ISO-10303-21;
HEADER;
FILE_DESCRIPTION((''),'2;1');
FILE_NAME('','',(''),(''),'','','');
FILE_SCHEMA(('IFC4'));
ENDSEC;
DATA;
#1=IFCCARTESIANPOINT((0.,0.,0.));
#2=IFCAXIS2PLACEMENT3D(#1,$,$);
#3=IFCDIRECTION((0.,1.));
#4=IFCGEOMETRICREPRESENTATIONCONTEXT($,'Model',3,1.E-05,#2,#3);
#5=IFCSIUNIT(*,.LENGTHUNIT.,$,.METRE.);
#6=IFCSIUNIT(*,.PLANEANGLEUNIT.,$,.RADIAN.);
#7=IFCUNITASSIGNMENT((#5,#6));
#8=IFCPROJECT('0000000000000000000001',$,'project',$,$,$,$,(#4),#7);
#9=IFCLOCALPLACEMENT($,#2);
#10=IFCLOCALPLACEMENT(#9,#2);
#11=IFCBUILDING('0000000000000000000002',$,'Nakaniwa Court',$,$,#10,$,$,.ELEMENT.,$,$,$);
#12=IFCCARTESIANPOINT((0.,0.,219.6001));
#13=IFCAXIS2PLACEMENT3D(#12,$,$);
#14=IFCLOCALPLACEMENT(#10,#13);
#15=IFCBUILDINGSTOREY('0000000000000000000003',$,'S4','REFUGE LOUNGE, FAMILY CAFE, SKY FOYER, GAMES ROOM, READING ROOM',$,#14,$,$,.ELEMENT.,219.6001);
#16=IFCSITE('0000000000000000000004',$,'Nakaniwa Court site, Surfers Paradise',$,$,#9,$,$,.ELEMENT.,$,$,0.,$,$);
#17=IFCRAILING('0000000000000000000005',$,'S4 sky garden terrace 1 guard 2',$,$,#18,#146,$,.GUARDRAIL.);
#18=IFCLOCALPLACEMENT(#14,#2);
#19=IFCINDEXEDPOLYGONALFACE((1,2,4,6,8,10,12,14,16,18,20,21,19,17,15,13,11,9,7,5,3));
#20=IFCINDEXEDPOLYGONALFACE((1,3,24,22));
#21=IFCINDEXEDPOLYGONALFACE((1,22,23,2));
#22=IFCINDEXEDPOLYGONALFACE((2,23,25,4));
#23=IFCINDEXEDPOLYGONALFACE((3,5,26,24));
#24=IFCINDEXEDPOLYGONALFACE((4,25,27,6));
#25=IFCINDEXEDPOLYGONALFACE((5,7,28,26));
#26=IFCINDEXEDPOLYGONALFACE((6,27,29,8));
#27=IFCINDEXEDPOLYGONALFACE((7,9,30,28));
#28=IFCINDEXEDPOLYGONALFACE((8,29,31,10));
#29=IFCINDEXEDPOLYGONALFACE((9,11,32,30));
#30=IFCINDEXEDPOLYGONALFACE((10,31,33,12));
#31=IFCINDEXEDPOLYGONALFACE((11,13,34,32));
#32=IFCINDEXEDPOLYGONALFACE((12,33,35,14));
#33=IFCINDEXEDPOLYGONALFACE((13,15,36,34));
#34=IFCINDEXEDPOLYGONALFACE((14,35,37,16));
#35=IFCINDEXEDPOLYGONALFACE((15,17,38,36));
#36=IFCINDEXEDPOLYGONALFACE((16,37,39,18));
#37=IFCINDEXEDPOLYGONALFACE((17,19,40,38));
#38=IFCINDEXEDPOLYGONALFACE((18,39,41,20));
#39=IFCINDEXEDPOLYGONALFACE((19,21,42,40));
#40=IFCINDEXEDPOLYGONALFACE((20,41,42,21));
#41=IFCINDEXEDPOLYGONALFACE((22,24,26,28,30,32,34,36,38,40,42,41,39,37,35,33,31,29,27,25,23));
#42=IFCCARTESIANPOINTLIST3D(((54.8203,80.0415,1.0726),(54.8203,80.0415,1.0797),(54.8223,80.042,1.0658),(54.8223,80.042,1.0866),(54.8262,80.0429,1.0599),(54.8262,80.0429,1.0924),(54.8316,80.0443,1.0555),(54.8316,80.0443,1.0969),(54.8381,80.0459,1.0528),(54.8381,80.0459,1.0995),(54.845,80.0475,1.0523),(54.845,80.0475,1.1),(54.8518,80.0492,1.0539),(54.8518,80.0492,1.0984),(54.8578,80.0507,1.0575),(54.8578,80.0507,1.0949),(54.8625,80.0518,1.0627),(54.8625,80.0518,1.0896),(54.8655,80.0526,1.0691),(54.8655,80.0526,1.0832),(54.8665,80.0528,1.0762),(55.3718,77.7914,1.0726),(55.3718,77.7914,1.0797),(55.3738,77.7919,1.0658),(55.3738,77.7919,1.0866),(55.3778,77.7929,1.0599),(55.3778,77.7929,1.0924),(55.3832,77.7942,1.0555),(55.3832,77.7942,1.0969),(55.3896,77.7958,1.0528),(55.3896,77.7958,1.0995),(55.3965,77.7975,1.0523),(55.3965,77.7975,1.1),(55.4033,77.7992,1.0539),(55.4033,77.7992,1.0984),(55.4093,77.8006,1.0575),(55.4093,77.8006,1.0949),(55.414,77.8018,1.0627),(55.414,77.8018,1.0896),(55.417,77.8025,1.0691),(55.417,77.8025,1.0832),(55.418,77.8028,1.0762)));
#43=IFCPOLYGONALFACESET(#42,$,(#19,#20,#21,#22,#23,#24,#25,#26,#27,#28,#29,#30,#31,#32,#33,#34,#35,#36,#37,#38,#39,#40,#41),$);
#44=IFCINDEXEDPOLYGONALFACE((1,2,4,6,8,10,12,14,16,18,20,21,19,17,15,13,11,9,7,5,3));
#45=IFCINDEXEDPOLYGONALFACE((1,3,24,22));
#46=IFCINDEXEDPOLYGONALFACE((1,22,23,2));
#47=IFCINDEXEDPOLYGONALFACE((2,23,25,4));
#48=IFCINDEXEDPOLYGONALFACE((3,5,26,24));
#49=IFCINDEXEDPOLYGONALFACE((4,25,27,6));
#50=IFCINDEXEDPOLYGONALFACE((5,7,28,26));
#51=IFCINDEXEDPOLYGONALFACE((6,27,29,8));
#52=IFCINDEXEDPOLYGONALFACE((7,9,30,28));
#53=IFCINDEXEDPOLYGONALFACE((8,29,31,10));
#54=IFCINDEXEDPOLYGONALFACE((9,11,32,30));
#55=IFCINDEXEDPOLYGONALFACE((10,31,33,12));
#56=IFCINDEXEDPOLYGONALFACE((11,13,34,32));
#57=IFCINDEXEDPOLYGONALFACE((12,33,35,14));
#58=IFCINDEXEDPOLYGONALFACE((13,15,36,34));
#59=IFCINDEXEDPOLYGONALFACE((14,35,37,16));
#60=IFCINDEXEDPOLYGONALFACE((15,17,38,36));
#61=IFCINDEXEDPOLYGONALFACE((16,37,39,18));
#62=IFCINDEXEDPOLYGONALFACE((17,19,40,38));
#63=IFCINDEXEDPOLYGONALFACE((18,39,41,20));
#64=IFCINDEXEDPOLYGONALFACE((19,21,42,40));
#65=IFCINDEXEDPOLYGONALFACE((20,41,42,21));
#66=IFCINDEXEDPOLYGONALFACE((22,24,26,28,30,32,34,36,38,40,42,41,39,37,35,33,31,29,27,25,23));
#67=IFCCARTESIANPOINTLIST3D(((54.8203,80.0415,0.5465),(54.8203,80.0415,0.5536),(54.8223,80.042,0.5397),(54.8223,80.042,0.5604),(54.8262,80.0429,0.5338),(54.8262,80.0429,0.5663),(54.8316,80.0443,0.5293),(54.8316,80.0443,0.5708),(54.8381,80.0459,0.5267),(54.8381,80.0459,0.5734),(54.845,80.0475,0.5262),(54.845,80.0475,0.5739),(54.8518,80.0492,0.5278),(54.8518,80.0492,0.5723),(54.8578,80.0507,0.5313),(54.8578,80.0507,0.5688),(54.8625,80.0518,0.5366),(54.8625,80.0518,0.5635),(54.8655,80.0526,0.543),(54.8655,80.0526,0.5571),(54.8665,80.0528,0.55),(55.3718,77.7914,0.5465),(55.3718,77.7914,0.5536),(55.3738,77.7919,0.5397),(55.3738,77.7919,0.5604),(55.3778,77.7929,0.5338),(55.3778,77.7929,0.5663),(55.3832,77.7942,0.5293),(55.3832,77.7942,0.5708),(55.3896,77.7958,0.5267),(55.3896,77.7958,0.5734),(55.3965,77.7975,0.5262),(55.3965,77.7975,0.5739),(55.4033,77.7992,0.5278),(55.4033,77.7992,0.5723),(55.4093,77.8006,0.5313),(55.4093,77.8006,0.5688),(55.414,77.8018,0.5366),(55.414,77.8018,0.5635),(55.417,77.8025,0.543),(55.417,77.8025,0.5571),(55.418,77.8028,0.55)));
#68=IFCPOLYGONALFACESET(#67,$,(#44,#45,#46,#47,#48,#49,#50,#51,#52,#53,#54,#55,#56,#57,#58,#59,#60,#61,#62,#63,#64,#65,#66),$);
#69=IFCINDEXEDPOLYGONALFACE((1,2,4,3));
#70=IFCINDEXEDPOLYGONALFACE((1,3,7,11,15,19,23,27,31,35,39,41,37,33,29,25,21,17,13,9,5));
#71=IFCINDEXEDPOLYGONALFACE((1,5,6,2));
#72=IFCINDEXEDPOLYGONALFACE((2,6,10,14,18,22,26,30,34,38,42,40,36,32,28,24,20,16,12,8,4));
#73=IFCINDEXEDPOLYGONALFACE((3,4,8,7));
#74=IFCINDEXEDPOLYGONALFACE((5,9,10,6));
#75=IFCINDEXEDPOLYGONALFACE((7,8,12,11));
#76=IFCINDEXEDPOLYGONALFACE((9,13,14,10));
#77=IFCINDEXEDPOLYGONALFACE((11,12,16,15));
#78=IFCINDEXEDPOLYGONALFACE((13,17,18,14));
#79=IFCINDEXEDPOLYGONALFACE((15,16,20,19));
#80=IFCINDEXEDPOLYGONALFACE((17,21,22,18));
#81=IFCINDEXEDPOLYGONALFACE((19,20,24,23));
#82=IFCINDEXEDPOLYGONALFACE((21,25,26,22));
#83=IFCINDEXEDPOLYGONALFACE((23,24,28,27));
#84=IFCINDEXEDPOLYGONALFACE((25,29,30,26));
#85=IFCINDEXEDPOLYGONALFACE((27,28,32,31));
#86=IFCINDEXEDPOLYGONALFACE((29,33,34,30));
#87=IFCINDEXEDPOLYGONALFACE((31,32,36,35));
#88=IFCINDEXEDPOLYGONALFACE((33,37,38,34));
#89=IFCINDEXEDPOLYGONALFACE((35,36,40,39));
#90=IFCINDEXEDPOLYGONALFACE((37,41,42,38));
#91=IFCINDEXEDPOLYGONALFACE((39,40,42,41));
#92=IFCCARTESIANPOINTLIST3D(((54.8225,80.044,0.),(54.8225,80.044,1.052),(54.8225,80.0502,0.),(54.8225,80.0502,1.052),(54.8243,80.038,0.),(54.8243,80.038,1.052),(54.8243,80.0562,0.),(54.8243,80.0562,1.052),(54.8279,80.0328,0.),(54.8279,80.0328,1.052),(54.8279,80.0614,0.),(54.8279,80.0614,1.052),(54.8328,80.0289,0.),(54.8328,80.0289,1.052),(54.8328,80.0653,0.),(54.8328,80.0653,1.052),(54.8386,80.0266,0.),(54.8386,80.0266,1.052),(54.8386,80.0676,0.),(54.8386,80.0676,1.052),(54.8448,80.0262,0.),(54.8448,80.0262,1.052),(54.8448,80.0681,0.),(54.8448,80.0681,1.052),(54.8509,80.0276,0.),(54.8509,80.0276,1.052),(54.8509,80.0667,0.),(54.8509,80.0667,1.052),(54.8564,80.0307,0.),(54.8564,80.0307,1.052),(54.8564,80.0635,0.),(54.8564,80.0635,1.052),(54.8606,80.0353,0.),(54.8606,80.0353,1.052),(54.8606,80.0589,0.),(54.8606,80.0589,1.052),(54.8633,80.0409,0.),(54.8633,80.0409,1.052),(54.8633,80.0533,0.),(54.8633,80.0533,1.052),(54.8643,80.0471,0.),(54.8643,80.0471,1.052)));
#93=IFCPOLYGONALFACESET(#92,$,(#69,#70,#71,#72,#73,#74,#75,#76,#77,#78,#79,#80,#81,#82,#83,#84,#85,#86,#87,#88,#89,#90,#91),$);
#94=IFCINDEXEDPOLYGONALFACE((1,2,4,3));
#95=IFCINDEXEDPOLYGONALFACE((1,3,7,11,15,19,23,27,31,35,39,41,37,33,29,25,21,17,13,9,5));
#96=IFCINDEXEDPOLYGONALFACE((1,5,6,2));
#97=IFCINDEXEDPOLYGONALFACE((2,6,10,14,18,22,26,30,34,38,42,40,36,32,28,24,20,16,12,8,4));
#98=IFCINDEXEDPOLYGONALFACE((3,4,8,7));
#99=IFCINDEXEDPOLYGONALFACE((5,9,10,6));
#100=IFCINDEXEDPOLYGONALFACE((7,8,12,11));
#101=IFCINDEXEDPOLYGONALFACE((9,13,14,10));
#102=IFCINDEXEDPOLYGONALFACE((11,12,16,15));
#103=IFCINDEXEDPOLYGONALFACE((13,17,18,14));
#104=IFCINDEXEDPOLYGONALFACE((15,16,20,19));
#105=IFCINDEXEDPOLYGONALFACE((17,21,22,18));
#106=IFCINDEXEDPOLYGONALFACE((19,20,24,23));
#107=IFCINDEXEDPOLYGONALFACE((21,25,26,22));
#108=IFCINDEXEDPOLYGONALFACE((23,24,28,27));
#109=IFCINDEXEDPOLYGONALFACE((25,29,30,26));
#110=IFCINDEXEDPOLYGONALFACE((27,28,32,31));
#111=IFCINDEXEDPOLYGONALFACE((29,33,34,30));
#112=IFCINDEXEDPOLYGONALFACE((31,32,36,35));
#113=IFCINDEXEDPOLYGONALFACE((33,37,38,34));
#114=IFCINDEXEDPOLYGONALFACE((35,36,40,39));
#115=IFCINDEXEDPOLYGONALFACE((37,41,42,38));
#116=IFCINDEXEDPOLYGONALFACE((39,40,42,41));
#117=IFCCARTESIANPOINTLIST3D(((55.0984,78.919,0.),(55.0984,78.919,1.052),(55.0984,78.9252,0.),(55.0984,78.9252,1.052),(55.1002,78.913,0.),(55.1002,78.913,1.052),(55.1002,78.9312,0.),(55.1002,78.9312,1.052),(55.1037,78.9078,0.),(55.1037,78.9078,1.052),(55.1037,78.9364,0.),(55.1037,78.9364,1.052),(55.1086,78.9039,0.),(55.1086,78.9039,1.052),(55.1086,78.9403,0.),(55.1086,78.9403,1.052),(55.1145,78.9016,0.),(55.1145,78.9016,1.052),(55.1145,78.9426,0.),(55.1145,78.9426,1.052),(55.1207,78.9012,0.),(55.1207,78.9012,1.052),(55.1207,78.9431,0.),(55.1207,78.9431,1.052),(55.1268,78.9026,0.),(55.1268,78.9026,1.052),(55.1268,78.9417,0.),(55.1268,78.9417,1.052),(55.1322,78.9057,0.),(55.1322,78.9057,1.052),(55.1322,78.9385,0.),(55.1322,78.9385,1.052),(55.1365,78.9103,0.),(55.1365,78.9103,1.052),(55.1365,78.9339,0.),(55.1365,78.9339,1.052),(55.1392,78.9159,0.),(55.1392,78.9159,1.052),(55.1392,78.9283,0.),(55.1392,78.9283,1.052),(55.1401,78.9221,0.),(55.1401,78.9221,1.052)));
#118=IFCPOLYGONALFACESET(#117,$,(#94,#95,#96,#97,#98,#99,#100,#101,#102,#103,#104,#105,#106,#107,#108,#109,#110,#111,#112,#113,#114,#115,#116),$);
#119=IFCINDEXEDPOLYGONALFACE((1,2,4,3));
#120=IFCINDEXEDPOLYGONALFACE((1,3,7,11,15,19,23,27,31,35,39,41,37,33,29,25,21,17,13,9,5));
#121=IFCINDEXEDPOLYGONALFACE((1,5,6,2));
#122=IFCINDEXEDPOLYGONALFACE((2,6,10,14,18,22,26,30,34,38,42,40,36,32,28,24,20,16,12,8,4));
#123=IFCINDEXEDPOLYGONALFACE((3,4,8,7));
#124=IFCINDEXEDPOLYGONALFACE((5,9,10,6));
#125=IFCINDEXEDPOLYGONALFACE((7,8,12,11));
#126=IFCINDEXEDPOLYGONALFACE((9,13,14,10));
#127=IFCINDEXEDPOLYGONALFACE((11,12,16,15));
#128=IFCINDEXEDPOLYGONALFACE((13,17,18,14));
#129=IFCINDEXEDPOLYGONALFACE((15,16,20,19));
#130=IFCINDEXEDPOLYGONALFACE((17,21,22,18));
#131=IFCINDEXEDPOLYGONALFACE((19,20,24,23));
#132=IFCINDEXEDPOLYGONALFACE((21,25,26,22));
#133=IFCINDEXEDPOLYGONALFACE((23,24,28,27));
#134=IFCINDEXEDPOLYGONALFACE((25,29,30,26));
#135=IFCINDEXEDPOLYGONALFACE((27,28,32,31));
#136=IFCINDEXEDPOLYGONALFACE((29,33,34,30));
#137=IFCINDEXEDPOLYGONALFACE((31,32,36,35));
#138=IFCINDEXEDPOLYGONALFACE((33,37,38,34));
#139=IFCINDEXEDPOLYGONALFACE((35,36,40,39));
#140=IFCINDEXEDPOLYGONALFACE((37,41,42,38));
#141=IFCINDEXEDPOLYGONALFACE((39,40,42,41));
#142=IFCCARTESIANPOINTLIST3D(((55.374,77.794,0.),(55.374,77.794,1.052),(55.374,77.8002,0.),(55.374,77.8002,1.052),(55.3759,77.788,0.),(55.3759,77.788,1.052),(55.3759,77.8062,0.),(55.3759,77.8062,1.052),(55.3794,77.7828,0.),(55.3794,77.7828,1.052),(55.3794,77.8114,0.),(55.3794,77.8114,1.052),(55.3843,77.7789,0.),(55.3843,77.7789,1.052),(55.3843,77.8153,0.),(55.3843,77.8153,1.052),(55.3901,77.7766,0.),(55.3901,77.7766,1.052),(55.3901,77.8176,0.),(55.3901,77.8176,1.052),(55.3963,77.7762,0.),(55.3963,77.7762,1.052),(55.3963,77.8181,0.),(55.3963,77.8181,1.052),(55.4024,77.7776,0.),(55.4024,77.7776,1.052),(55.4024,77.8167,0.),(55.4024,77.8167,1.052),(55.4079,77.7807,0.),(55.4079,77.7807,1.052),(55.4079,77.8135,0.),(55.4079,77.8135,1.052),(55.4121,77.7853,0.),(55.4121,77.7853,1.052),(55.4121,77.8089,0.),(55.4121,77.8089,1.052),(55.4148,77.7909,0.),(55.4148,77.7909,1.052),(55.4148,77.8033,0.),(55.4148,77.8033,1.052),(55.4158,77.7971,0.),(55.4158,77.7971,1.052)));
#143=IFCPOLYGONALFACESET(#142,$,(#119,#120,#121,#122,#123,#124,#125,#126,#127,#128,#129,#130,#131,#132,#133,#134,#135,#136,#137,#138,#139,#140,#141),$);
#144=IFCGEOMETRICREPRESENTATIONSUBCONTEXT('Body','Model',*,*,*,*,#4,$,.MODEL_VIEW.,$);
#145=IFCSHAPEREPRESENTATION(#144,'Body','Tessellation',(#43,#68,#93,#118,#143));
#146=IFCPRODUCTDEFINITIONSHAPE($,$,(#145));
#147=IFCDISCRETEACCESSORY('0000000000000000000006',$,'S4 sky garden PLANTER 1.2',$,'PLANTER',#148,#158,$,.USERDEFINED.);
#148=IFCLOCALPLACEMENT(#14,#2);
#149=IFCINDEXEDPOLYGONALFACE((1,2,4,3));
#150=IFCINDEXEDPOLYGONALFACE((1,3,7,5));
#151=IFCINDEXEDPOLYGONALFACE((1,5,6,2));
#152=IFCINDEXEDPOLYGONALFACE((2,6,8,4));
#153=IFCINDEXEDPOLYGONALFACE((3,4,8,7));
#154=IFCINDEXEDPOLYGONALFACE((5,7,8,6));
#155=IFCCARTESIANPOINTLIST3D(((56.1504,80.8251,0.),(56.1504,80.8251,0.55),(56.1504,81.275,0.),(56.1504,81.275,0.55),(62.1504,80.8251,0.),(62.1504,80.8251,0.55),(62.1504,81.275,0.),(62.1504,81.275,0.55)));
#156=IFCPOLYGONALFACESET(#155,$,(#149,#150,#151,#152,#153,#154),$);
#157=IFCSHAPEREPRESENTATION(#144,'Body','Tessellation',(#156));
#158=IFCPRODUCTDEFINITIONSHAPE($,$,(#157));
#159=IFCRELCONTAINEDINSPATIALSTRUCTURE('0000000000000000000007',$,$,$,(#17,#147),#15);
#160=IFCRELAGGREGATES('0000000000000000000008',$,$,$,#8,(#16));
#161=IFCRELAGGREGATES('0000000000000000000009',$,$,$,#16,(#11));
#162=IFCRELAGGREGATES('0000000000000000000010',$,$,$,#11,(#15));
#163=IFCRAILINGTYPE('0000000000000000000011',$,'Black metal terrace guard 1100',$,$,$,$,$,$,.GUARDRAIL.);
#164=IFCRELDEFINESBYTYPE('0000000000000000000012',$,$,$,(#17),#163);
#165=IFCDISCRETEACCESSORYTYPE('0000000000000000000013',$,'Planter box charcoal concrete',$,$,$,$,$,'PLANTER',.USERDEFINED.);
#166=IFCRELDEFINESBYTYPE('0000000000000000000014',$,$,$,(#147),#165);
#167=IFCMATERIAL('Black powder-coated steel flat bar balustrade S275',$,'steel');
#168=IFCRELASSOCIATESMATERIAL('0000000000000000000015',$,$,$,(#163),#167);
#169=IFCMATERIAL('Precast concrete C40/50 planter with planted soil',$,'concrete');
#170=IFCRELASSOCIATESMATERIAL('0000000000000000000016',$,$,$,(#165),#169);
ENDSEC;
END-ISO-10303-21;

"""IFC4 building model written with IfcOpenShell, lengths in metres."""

from ifc_helpers import new_model, si_unit, direction, frame, origin, origin_2d, place, context, subcontext, project, spatial, rectangle, circle, extrude, material, type_object, element, save


model = new_model("IFC4")

# Units and contexts
model_context = context("Model", 3, precision=1e-05, world=origin(), true_north=direction((0.0, 1.0)))
body_context = subcontext(model_context, "Body", "Model", "MODEL_VIEW")
ifc_project = project(units=[si_unit("LENGTHUNIT", "METRE"), si_unit("PLANEANGLEUNIT", "RADIAN")], contexts=[model_context])

# Site, building, storey
site_placement = place(None, origin())
site = spatial("IfcSite", under=ifc_project, at=site_placement, Name="Nakaniwa Court site, Surfers Paradise", CompositionType="ELEMENT", RefElevation=0.0)
building_placement = place(site_placement, origin())
building = spatial("IfcBuilding", under=site, at=building_placement, Name="Nakaniwa Court", CompositionType="ELEMENT")
storey_placement = place(building_placement, frame((0.0, 0.0, 219.6001)))
storey = spatial("IfcBuildingStorey", under=building, at=storey_placement, Name="S4", Description="REFUGE LOUNGE, FAMILY CAFE, SKY FOYER, GAMES ROOM, READING ROOM", CompositionType="ELEMENT", Elevation=219.6001)

# Railing
ifc_material_1 = material(Name="Black powder-coated steel flat bar balustrade S275", Category="steel")
railing_type = type_object("IfcRailingType", Name="Black metal terrace guard 1100", PredefinedType="GUARDRAIL", material=ifc_material_1)
railing_1_placement = place(storey_placement, frame((54.8433, 80.0471, 0.0)))
element("IfcRailing", 1, at=railing_1_placement, inside=storey, type_object=railing_type, Name="S4 sky garden terrace 1 guard 2", PredefinedType="GUARDRAIL", context=body_context, shape_type="SweptSolid", body=[
    extrude(circle(Radius=0.0239, at=origin_2d()), frame((0.0, 0.0, 1.0762), z_axis=(0.23807, -0.971248, 0.0), x_axis=(0.971248, 0.23807, 0.0)), (0.0, 0.0, 1.0), 2.3167),
    extrude(circle(Radius=0.0239, at=origin_2d()), frame((0.0, 0.0, 0.55), z_axis=(0.23807, -0.971248, 0.0), x_axis=(0.971248, 0.23807, 0.0)), (0.0, 0.0, 1.0), 2.3167),
    extrude(circle(Radius=0.021, at=origin_2d()), origin(), (0.0, 0.0, 1.0), 1.052),
    extrude(circle(Radius=0.021, at=origin_2d()), frame((0.2759, -1.125, 0.0)), (0.0, 0.0, 1.0), 1.052),
    extrude(circle(Radius=0.021, at=origin_2d()), frame((0.5515, -2.25, 0.0)), (0.0, 0.0, 1.0), 1.052),
])

# Discrete accessory
ifc_material_2 = material(Name="Precast concrete C40/50 planter with planted soil", Category="concrete")
discrete_accessory_type = type_object("IfcDiscreteAccessoryType", Name="Planter box charcoal concrete", ElementType="PLANTER", PredefinedType="USERDEFINED", material=ifc_material_2)
discrete_accessory_placement = place(storey_placement, frame((59.1504, 81.05, 0.0), z_axis=(0.0, 0.0, 1.0), x_axis=(1.0, 0.0, 0.0)))
element("IfcDiscreteAccessory", 2, at=discrete_accessory_placement, inside=storey, type_object=discrete_accessory_type, Name="S4 sky garden PLANTER 1.2", ObjectType="PLANTER", PredefinedType="USERDEFINED", context=body_context, shape_type="SweptSolid", body=[
    extrude(rectangle(XDim=6.0, YDim=0.45, at=origin_2d()), origin(), (0.0, 0.0, 1.0), 0.55),
])

save(model, "model.ifc")
